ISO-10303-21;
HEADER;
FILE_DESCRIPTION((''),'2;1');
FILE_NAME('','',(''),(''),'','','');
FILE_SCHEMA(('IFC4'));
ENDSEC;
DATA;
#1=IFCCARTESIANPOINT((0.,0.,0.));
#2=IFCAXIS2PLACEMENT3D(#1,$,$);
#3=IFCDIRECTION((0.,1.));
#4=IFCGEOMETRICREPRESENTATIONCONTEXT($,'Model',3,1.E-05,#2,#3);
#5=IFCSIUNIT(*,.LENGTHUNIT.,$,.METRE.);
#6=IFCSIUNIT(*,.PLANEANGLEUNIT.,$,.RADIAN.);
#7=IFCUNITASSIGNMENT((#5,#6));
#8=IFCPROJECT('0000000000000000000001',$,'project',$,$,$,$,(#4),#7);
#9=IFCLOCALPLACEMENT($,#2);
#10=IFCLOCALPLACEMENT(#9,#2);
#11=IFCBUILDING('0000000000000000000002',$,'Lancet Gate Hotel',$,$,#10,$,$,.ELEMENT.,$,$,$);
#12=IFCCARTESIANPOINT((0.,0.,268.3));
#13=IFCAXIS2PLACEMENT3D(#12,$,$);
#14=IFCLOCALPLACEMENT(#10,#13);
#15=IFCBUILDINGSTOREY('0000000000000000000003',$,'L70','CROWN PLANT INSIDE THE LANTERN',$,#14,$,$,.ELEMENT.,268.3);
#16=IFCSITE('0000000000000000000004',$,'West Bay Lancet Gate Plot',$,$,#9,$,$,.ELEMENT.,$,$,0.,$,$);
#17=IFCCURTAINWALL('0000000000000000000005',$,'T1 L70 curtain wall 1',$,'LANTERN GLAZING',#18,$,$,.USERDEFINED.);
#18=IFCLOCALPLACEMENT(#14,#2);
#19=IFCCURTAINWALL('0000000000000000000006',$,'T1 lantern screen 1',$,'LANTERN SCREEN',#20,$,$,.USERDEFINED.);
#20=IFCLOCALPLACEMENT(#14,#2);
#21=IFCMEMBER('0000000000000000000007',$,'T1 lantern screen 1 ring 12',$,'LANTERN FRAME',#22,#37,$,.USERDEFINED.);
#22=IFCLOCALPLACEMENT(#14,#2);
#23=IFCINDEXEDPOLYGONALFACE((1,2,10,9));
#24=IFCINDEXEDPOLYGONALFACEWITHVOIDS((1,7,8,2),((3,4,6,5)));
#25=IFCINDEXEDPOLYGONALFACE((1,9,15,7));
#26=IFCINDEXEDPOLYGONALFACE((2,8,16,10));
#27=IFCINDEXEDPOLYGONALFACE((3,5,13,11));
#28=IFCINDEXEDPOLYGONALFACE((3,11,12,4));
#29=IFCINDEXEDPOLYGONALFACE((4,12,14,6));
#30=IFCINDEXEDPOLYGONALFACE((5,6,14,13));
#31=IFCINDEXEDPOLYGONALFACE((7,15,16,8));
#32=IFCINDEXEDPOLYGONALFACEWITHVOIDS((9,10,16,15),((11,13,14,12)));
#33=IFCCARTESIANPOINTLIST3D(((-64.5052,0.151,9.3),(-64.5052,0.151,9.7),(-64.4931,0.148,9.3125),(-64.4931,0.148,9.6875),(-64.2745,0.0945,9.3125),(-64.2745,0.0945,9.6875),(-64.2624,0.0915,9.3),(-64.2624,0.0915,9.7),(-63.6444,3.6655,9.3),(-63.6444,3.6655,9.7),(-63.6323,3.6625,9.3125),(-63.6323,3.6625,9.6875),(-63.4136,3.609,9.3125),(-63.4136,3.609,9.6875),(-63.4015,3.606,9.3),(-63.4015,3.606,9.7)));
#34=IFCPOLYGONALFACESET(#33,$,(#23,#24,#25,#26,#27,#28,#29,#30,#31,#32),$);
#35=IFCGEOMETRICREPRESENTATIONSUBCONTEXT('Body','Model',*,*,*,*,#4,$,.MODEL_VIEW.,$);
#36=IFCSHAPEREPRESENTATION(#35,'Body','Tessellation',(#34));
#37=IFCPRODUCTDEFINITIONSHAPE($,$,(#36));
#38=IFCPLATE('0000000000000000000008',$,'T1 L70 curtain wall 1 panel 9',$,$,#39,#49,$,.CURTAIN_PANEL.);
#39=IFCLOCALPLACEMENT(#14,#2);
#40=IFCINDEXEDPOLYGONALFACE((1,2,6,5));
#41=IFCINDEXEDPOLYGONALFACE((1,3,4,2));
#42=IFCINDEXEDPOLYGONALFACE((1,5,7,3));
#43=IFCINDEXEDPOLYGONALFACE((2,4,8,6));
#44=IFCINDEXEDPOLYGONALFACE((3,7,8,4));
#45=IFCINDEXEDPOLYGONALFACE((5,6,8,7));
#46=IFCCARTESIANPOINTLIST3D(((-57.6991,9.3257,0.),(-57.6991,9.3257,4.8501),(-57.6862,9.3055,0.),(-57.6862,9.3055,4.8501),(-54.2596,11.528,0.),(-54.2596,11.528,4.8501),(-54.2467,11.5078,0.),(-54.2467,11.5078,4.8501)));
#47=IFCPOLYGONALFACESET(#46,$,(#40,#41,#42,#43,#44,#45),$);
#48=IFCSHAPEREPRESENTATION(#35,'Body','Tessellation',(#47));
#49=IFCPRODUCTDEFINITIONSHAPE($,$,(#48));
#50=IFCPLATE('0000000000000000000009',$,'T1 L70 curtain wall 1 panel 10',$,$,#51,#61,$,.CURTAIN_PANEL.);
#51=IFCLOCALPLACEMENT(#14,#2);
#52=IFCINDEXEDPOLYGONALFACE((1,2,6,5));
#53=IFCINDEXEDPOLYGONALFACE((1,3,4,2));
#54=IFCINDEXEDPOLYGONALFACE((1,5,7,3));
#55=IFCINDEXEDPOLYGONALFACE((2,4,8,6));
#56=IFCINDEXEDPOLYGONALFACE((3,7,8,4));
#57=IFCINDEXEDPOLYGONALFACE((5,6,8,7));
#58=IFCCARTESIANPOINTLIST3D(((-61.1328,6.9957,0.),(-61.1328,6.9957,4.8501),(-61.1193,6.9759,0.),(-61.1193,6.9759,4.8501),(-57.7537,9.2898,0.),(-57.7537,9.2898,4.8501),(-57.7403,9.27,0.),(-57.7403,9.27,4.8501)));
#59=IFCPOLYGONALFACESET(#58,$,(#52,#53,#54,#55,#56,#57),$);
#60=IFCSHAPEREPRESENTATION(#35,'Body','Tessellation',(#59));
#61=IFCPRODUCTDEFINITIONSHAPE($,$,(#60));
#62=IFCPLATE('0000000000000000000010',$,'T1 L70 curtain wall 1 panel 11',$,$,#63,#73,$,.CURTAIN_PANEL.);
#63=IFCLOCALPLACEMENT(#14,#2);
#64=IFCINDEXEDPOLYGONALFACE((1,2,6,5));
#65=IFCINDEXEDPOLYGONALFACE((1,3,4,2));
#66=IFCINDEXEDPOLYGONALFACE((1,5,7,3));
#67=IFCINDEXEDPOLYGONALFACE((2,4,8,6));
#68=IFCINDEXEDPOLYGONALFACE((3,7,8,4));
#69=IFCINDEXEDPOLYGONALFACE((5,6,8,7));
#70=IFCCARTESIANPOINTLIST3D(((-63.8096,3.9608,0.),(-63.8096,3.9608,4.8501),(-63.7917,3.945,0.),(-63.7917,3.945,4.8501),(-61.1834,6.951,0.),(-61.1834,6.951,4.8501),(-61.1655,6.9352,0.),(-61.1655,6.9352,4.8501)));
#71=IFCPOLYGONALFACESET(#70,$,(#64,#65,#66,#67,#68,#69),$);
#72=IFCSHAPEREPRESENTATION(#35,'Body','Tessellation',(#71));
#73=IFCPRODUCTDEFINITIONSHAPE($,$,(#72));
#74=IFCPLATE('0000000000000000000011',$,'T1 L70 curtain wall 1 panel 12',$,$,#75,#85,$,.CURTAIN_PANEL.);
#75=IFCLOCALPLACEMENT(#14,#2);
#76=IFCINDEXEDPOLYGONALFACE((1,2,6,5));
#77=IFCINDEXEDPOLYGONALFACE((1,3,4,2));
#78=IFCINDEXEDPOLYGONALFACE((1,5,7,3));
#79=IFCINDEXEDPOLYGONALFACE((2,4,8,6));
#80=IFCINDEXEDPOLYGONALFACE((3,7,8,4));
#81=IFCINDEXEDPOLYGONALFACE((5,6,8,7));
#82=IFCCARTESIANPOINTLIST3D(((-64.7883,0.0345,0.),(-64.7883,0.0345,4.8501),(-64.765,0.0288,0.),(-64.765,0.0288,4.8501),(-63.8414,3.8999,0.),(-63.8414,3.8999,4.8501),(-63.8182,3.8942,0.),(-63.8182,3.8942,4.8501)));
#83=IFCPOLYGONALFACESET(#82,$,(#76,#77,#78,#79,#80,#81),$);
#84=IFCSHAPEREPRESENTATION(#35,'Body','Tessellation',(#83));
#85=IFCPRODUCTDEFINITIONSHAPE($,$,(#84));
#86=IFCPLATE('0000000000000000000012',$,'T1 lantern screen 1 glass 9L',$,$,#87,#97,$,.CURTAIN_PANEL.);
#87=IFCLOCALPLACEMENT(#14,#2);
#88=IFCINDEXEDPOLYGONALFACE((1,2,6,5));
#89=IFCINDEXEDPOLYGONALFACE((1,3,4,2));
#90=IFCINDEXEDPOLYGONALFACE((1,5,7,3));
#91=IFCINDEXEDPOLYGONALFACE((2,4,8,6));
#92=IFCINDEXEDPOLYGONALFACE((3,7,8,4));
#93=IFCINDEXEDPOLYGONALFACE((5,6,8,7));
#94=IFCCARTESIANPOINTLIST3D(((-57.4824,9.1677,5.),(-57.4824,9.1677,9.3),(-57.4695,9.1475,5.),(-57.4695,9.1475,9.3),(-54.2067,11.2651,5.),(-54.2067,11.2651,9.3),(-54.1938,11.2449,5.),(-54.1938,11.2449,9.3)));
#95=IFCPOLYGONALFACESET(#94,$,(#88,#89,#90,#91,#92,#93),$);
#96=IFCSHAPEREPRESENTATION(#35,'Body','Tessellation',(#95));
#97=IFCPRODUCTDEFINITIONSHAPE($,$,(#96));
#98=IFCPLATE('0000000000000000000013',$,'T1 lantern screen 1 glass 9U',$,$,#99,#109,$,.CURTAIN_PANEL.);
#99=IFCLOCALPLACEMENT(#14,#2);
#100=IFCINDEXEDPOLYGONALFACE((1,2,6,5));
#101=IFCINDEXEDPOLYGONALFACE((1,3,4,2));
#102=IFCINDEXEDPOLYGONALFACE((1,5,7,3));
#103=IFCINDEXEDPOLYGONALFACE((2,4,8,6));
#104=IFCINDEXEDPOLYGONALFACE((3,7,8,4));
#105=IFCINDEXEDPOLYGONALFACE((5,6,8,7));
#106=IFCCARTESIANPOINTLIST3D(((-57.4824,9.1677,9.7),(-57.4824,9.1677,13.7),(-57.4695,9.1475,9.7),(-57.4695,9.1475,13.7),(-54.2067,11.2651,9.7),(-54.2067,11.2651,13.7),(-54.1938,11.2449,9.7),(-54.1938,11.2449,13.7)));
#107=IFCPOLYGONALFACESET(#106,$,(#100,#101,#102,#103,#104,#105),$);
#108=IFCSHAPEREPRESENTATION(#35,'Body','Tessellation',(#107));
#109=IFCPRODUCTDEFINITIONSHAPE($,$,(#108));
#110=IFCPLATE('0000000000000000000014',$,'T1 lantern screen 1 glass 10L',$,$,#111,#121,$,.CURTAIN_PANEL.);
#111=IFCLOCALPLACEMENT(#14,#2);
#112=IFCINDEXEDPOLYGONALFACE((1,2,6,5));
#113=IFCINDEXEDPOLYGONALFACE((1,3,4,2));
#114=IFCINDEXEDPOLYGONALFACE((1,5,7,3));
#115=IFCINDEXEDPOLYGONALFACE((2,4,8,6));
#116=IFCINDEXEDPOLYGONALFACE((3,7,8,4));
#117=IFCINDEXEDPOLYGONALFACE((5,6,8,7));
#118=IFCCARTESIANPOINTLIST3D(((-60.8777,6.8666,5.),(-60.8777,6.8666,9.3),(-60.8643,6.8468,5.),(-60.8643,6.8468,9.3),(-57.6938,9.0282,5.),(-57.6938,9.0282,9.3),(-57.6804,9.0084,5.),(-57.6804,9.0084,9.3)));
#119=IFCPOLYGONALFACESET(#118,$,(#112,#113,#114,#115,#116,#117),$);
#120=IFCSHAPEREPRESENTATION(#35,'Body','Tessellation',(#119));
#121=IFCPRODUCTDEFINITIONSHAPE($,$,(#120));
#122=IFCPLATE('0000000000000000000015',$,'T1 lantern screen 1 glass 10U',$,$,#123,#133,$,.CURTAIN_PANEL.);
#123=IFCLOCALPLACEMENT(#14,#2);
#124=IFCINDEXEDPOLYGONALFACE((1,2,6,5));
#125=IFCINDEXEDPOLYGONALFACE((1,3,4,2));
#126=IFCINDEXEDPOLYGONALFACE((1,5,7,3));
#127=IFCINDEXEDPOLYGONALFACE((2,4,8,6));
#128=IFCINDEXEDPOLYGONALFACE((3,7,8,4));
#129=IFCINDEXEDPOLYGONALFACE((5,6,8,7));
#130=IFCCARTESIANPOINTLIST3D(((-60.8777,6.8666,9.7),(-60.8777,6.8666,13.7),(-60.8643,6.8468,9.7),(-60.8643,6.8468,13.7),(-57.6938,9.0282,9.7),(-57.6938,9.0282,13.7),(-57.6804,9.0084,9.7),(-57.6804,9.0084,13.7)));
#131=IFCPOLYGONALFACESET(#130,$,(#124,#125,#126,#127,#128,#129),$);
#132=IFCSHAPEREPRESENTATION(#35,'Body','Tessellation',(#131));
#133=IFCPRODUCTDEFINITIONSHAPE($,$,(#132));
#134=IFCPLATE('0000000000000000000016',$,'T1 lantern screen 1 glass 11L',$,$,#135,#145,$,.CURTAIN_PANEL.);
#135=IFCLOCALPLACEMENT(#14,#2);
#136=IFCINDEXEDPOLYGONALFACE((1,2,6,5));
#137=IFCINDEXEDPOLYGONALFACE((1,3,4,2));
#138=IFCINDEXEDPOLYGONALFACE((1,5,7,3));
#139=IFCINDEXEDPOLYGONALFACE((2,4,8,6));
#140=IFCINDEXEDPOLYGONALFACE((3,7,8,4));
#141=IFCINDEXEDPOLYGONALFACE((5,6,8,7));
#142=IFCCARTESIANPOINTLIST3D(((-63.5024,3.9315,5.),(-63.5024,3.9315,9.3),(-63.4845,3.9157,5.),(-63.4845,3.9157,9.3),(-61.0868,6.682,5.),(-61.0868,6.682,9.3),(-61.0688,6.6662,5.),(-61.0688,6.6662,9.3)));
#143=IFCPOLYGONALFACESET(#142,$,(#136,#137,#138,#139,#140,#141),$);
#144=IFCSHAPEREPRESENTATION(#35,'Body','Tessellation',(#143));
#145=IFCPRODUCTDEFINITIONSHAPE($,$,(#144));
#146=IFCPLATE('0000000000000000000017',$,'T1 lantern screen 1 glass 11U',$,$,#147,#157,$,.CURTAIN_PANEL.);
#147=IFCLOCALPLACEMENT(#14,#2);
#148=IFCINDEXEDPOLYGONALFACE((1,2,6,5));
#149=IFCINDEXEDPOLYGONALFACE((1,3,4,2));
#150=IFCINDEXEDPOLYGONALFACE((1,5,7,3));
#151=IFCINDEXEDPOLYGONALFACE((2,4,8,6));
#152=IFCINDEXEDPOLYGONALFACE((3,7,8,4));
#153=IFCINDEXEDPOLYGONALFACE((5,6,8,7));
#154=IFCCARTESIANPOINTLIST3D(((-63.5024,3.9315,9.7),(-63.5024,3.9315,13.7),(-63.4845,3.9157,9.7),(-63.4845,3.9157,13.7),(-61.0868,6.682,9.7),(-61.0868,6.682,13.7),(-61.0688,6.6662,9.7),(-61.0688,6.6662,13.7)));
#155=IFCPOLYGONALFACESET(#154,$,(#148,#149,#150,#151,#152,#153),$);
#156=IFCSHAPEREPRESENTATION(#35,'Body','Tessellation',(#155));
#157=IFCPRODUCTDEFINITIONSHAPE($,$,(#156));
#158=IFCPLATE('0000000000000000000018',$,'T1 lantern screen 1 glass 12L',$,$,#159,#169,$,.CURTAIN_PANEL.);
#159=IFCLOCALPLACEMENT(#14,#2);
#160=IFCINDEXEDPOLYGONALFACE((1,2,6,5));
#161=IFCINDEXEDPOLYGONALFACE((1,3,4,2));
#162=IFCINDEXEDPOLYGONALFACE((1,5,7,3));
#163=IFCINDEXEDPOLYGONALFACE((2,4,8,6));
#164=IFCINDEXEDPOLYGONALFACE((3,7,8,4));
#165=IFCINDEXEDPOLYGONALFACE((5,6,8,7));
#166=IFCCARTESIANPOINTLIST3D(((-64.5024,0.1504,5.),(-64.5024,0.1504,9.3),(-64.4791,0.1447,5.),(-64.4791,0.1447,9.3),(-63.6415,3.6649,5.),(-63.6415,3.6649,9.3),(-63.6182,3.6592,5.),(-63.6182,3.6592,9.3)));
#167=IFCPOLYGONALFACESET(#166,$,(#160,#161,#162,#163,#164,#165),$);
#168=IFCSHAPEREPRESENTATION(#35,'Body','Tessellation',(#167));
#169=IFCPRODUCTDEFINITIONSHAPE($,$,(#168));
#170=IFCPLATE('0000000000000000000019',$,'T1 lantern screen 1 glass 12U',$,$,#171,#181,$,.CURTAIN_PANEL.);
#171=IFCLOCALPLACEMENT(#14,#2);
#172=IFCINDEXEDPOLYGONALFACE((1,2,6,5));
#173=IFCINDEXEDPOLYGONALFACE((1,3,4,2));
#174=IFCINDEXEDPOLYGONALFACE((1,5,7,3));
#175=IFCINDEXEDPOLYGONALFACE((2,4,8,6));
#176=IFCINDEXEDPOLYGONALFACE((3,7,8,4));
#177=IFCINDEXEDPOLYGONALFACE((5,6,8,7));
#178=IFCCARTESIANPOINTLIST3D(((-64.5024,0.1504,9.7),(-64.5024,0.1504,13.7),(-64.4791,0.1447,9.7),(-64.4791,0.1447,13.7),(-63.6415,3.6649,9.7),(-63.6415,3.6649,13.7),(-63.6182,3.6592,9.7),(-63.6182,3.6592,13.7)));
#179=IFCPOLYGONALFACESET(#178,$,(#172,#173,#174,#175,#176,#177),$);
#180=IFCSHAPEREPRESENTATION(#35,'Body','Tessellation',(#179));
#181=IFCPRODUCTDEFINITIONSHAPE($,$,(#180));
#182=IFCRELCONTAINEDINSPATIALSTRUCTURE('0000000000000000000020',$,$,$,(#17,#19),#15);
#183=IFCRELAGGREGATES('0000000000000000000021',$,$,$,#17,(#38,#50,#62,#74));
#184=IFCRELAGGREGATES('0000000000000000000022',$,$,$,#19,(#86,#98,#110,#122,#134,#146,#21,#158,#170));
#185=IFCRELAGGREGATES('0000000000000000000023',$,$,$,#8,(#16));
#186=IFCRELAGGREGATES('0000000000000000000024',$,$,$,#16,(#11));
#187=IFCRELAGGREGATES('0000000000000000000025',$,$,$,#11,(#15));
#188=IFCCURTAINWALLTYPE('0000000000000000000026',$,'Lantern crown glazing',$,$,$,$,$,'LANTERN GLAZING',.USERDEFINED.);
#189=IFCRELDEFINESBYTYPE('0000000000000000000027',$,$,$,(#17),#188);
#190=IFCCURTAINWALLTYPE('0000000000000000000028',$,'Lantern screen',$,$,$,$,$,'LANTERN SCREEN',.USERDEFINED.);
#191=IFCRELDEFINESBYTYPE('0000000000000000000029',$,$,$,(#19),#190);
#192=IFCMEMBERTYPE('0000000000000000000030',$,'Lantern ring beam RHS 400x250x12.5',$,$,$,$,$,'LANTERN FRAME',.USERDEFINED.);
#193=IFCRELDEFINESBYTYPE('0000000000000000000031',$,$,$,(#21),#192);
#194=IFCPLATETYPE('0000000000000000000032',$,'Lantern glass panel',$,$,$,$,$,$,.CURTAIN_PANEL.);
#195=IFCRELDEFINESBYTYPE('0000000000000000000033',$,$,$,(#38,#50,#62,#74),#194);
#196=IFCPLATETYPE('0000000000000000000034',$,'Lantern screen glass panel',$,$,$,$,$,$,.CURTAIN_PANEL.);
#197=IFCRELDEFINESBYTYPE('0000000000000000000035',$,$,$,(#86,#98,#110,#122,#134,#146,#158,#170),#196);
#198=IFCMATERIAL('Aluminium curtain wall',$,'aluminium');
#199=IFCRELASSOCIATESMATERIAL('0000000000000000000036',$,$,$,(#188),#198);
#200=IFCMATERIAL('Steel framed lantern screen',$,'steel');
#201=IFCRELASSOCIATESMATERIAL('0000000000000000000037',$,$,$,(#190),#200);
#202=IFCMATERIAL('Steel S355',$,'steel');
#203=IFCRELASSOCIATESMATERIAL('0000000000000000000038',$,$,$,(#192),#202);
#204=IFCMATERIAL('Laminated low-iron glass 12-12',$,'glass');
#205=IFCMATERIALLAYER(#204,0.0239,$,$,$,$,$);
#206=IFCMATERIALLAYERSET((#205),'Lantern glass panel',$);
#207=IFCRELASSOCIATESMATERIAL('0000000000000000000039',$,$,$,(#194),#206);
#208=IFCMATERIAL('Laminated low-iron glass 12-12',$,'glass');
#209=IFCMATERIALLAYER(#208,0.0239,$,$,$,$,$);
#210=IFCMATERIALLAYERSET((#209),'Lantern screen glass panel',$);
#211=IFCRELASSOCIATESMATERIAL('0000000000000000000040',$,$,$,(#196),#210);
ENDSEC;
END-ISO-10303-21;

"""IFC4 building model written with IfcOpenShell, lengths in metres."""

from ifc_helpers import new_model, si_unit, direction, frame, origin, origin_2d, place, context, subcontext, project, spatial, rectangle, hollow_rectangle, extrude, material, layer, layer_set, material_profile, profile_set, type_object, element, aggregate, save


model = new_model("IFC4")

# Units and contexts
model_context = context("Model", 3, precision=1e-05, world=origin(), true_north=direction((0.0, 1.0)))
body_context = subcontext(model_context, "Body", "Model", "MODEL_VIEW")
ifc_project = project(units=[si_unit("LENGTHUNIT", "METRE"), si_unit("PLANEANGLEUNIT", "RADIAN")], contexts=[model_context])

# Site, building, storey
site_placement = place(None, origin())
site = spatial("IfcSite", under=ifc_project, at=site_placement, Name="West Bay Lancet Gate Plot", CompositionType="ELEMENT", RefElevation=0.0)
building_placement = place(site_placement, origin())
building = spatial("IfcBuilding", under=site, at=building_placement, Name="Lancet Gate Hotel", CompositionType="ELEMENT")
storey_placement = place(building_placement, frame((0.0, 0.0, 268.3)))
storey = spatial("IfcBuildingStorey", under=building, at=storey_placement, Name="L70", Description="CROWN PLANT INSIDE THE LANTERN", CompositionType="ELEMENT", Elevation=268.3)

# Curtain wall
ifc_material_1 = material(Name="Aluminium curtain wall", Category="aluminium")
curtain_wall_type_1 = type_object("IfcCurtainWallType", Name="Lantern crown glazing", ElementType="LANTERN GLAZING", PredefinedType="USERDEFINED", material=ifc_material_1)
curtain_wall_1_placement = place(storey_placement, origin())
curtain_wall_1 = element("IfcCurtainWall", 1, at=curtain_wall_1_placement, inside=storey, type_object=curtain_wall_type_1, Name="T1 L70 curtain wall 1", ObjectType="LANTERN GLAZING", PredefinedType="USERDEFINED")

# Curtain wall, member
ifc_material_2 = material(Name="Steel framed lantern screen", Category="steel")
curtain_wall_type_2 = type_object("IfcCurtainWallType", Name="Lantern screen", ElementType="LANTERN SCREEN", PredefinedType="USERDEFINED", material=ifc_material_2)
curtain_wall_2_placement = place(storey_placement, origin())
curtain_wall_2 = element("IfcCurtainWall", 2, at=curtain_wall_2_placement, inside=storey, type_object=curtain_wall_type_2, Name="T1 lantern screen 1", ObjectType="LANTERN SCREEN", PredefinedType="USERDEFINED")
ifc_material_3 = material(Name="Steel S355", Category="steel")
ifc_material_profile_1 = material_profile(ifc_material_3, hollow_rectangle(XDim=0.25, YDim=0.3999, WallThickness=0.0125, at=origin_2d()), Name="RHS 400x250x12.5")
ifc_profile_set_1 = profile_set([ifc_material_profile_1], Name="Steel S355")
member_type_1 = type_object("IfcMemberType", Name="Lantern ring beam RHS 400x250x12.5", ElementType="LANTERN FRAME", PredefinedType="USERDEFINED", material=ifc_profile_set_1)
member_1_placement = place(storey_placement, frame((-63.5229, 3.6357, 9.5), z_axis=(-0.237913, -0.971286, 0.0), x_axis=(0.971286, -0.237913, 0.0)))
member_1 = element("IfcMember", 3, at=member_1_placement, type_object=member_type_1, Name="T1 lantern screen 1 ring 12", ObjectType="LANTERN FRAME", PredefinedType="USERDEFINED", context=body_context, shape_type="SweptSolid", body=[
    extrude(hollow_rectangle(XDim=0.25, YDim=0.3999, WallThickness=0.0125, at=origin_2d()), origin(), (0.0, 0.0, 1.0), 3.6184),
])

# Plates
ifc_material_4 = material(Name="Laminated low-iron glass 12-12", Category="glass")
ifc_layer_1 = layer(ifc_material_4, 0.0239)
ifc_layer_set_1 = layer_set([ifc_layer_1], Name="Lantern glass panel")
plate_type_1 = type_object("IfcPlateType", Name="Lantern glass panel", PredefinedType="CURTAIN_PANEL", material=ifc_layer_set_1)
plate_1_placement = place(storey_placement, frame((-55.9729, 10.4167, 0.0), z_axis=(0.0, 0.0, 1.0), x_axis=(-0.842161, -0.539226, 0.0)))
plate_1 = element("IfcPlate", 4, at=plate_1_placement, type_object=plate_type_1, Name="T1 L70 curtain wall 1 panel 9", PredefinedType="CURTAIN_PANEL", context=body_context, shape_type="SweptSolid", body=[
    extrude(rectangle(XDim=4.0842, YDim=0.0239, at=origin_2d()), origin(), (0.0, 0.0, 1.0), 4.8501),
])
plate_2_placement = place(storey_placement, frame((-59.4365, 8.1328, 0.0), z_axis=(0.0, 0.0, 1.0), x_axis=(-0.827342, -0.561698, 0.0)))
plate_2 = element("IfcPlate", 5, at=plate_2_placement, type_object=plate_type_1, Name="T1 L70 curtain wall 1 panel 10", PredefinedType="CURTAIN_PANEL", context=body_context, shape_type="SweptSolid", body=[
    extrude(rectangle(XDim=4.0842, YDim=0.0239, at=origin_2d()), origin(), (0.0, 0.0, 1.0), 4.8501),
])
plate_3_placement = place(storey_placement, frame((-62.4875, 5.448, 0.0), z_axis=(0.0, 0.0, 1.0), x_axis=(-0.659892, -0.751361, 0.0)))
plate_3 = element("IfcPlate", 6, at=plate_3_placement, type_object=plate_type_1, Name="T1 L70 curtain wall 1 panel 11", PredefinedType="CURTAIN_PANEL", context=body_context, shape_type="SweptSolid", body=[
    extrude(rectangle(XDim=3.9797, YDim=0.0239, at=origin_2d()), origin(), (0.0, 0.0, 1.0), 4.8501),
])
plate_4_placement = place(storey_placement, frame((-64.3032, 1.9644, 0.0), z_axis=(0.0, 0.0, 1.0), x_axis=(-0.237921, -0.971285, 0.0)))
plate_4 = element("IfcPlate", 7, at=plate_4_placement, type_object=plate_type_1, Name="T1 L70 curtain wall 1 panel 12", PredefinedType="CURTAIN_PANEL", context=body_context, shape_type="SweptSolid", body=[
    extrude(rectangle(XDim=3.9797, YDim=0.0239, at=origin_2d()), origin(), (0.0, 0.0, 1.0), 4.8501),
])
aggregate(curtain_wall_1, [plate_1, plate_2, plate_3, plate_4])
ifc_material_5 = material(Name="Laminated low-iron glass 12-12", Category="glass")
ifc_layer_2 = layer(ifc_material_5, 0.0239)
ifc_layer_set_2 = layer_set([ifc_layer_2], Name="Lantern screen glass panel")
plate_type_2 = type_object("IfcPlateType", Name="Lantern screen glass panel", PredefinedType="CURTAIN_PANEL", material=ifc_layer_set_2)
plate_5_placement = place(storey_placement, frame((-55.8381, 10.2063, 5.0), z_axis=(0.0, 0.0, 1.0), x_axis=(-0.842161, -0.539226, 0.0)))
plate_5 = element("IfcPlate", 8, at=plate_5_placement, type_object=plate_type_2, Name="T1 lantern screen 1 glass 9L", PredefinedType="CURTAIN_PANEL", context=body_context, shape_type="SweptSolid", body=[
    extrude(rectangle(XDim=3.8896, YDim=0.0239, at=origin_2d()), origin(), (0.0, 0.0, 1.0), 4.3),
])
plate_6_placement = place(storey_placement, frame((-55.8381, 10.2063, 9.7), z_axis=(0.0, 0.0, 1.0), x_axis=(-0.842161, -0.539226, 0.0)))
plate_6 = element("IfcPlate", 9, at=plate_6_placement, type_object=plate_type_2, Name="T1 lantern screen 1 glass 9U", PredefinedType="CURTAIN_PANEL", context=body_context, shape_type="SweptSolid", body=[
    extrude(rectangle(XDim=3.8896, YDim=0.0239, at=origin_2d()), origin(), (0.0, 0.0, 1.0), 4.0),
])
plate_7_placement = place(storey_placement, frame((-59.2791, 7.9375, 5.0), z_axis=(0.0, 0.0, 1.0), x_axis=(-0.827342, -0.561698, 0.0)))
plate_7 = element("IfcPlate", 10, at=plate_7_placement, type_object=plate_type_2, Name="T1 lantern screen 1 glass 10L", PredefinedType="CURTAIN_PANEL", context=body_context, shape_type="SweptSolid", body=[
    extrude(rectangle(XDim=3.8484, YDim=0.0239, at=origin_2d()), origin(), (0.0, 0.0, 1.0), 4.3),
])
plate_8_placement = place(storey_placement, frame((-59.2791, 7.9375, 9.7), z_axis=(0.0, 0.0, 1.0), x_axis=(-0.827342, -0.561698, 0.0)))
plate_8 = element("IfcPlate", 11, at=plate_8_placement, type_object=plate_type_2, Name="T1 lantern screen 1 glass 10U", PredefinedType="CURTAIN_PANEL", context=body_context, shape_type="SweptSolid", body=[
    extrude(rectangle(XDim=3.8484, YDim=0.0239, at=origin_2d()), origin(), (0.0, 0.0, 1.0), 4.0),
])
plate_9_placement = place(storey_placement, frame((-62.2856, 5.2988, 5.0), z_axis=(0.0, 0.0, 1.0), x_axis=(-0.659892, -0.751361, 0.0)))
plate_9 = element("IfcPlate", 12, at=plate_9_placement, type_object=plate_type_2, Name="T1 lantern screen 1 glass 11L", PredefinedType="CURTAIN_PANEL", context=body_context, shape_type="SweptSolid", body=[
    extrude(rectangle(XDim=3.6606, YDim=0.0239, at=origin_2d()), origin(), (0.0, 0.0, 1.0), 4.3),
])
plate_10_placement = place(storey_placement, frame((-62.2856, 5.2988, 9.7), z_axis=(0.0, 0.0, 1.0), x_axis=(-0.659892, -0.751361, 0.0)))
plate_10 = element("IfcPlate", 13, at=plate_10_placement, type_object=plate_type_2, Name="T1 lantern screen 1 glass 11U", PredefinedType="CURTAIN_PANEL", context=body_context, shape_type="SweptSolid", body=[
    extrude(rectangle(XDim=3.6606, YDim=0.0239, at=origin_2d()), origin(), (0.0, 0.0, 1.0), 4.0),
])
plate_11_placement = place(storey_placement, frame((-64.0603, 1.9048, 5.0), z_axis=(0.0, 0.0, 1.0), x_axis=(-0.237921, -0.971285, 0.0)))
plate_11 = element("IfcPlate", 14, at=plate_11_placement, type_object=plate_type_2, Name="T1 lantern screen 1 glass 12L", PredefinedType="CURTAIN_PANEL", context=body_context, shape_type="SweptSolid", body=[
    extrude(rectangle(XDim=3.6184, YDim=0.0239, at=origin_2d()), origin(), (0.0, 0.0, 1.0), 4.3),
])
plate_12_placement = place(storey_placement, frame((-64.0603, 1.9048, 9.7), z_axis=(0.0, 0.0, 1.0), x_axis=(-0.237921, -0.971285, 0.0)))
plate_12 = element("IfcPlate", 15, at=plate_12_placement, type_object=plate_type_2, Name="T1 lantern screen 1 glass 12U", PredefinedType="CURTAIN_PANEL", context=body_context, shape_type="SweptSolid", body=[
    extrude(rectangle(XDim=3.6184, YDim=0.0239, at=origin_2d()), origin(), (0.0, 0.0, 1.0), 4.0),
])
aggregate(curtain_wall_2, [plate_5, plate_6, plate_7, plate_8, plate_9, plate_10, member_1, plate_11, plate_12])

save(model, "model.ifc")
